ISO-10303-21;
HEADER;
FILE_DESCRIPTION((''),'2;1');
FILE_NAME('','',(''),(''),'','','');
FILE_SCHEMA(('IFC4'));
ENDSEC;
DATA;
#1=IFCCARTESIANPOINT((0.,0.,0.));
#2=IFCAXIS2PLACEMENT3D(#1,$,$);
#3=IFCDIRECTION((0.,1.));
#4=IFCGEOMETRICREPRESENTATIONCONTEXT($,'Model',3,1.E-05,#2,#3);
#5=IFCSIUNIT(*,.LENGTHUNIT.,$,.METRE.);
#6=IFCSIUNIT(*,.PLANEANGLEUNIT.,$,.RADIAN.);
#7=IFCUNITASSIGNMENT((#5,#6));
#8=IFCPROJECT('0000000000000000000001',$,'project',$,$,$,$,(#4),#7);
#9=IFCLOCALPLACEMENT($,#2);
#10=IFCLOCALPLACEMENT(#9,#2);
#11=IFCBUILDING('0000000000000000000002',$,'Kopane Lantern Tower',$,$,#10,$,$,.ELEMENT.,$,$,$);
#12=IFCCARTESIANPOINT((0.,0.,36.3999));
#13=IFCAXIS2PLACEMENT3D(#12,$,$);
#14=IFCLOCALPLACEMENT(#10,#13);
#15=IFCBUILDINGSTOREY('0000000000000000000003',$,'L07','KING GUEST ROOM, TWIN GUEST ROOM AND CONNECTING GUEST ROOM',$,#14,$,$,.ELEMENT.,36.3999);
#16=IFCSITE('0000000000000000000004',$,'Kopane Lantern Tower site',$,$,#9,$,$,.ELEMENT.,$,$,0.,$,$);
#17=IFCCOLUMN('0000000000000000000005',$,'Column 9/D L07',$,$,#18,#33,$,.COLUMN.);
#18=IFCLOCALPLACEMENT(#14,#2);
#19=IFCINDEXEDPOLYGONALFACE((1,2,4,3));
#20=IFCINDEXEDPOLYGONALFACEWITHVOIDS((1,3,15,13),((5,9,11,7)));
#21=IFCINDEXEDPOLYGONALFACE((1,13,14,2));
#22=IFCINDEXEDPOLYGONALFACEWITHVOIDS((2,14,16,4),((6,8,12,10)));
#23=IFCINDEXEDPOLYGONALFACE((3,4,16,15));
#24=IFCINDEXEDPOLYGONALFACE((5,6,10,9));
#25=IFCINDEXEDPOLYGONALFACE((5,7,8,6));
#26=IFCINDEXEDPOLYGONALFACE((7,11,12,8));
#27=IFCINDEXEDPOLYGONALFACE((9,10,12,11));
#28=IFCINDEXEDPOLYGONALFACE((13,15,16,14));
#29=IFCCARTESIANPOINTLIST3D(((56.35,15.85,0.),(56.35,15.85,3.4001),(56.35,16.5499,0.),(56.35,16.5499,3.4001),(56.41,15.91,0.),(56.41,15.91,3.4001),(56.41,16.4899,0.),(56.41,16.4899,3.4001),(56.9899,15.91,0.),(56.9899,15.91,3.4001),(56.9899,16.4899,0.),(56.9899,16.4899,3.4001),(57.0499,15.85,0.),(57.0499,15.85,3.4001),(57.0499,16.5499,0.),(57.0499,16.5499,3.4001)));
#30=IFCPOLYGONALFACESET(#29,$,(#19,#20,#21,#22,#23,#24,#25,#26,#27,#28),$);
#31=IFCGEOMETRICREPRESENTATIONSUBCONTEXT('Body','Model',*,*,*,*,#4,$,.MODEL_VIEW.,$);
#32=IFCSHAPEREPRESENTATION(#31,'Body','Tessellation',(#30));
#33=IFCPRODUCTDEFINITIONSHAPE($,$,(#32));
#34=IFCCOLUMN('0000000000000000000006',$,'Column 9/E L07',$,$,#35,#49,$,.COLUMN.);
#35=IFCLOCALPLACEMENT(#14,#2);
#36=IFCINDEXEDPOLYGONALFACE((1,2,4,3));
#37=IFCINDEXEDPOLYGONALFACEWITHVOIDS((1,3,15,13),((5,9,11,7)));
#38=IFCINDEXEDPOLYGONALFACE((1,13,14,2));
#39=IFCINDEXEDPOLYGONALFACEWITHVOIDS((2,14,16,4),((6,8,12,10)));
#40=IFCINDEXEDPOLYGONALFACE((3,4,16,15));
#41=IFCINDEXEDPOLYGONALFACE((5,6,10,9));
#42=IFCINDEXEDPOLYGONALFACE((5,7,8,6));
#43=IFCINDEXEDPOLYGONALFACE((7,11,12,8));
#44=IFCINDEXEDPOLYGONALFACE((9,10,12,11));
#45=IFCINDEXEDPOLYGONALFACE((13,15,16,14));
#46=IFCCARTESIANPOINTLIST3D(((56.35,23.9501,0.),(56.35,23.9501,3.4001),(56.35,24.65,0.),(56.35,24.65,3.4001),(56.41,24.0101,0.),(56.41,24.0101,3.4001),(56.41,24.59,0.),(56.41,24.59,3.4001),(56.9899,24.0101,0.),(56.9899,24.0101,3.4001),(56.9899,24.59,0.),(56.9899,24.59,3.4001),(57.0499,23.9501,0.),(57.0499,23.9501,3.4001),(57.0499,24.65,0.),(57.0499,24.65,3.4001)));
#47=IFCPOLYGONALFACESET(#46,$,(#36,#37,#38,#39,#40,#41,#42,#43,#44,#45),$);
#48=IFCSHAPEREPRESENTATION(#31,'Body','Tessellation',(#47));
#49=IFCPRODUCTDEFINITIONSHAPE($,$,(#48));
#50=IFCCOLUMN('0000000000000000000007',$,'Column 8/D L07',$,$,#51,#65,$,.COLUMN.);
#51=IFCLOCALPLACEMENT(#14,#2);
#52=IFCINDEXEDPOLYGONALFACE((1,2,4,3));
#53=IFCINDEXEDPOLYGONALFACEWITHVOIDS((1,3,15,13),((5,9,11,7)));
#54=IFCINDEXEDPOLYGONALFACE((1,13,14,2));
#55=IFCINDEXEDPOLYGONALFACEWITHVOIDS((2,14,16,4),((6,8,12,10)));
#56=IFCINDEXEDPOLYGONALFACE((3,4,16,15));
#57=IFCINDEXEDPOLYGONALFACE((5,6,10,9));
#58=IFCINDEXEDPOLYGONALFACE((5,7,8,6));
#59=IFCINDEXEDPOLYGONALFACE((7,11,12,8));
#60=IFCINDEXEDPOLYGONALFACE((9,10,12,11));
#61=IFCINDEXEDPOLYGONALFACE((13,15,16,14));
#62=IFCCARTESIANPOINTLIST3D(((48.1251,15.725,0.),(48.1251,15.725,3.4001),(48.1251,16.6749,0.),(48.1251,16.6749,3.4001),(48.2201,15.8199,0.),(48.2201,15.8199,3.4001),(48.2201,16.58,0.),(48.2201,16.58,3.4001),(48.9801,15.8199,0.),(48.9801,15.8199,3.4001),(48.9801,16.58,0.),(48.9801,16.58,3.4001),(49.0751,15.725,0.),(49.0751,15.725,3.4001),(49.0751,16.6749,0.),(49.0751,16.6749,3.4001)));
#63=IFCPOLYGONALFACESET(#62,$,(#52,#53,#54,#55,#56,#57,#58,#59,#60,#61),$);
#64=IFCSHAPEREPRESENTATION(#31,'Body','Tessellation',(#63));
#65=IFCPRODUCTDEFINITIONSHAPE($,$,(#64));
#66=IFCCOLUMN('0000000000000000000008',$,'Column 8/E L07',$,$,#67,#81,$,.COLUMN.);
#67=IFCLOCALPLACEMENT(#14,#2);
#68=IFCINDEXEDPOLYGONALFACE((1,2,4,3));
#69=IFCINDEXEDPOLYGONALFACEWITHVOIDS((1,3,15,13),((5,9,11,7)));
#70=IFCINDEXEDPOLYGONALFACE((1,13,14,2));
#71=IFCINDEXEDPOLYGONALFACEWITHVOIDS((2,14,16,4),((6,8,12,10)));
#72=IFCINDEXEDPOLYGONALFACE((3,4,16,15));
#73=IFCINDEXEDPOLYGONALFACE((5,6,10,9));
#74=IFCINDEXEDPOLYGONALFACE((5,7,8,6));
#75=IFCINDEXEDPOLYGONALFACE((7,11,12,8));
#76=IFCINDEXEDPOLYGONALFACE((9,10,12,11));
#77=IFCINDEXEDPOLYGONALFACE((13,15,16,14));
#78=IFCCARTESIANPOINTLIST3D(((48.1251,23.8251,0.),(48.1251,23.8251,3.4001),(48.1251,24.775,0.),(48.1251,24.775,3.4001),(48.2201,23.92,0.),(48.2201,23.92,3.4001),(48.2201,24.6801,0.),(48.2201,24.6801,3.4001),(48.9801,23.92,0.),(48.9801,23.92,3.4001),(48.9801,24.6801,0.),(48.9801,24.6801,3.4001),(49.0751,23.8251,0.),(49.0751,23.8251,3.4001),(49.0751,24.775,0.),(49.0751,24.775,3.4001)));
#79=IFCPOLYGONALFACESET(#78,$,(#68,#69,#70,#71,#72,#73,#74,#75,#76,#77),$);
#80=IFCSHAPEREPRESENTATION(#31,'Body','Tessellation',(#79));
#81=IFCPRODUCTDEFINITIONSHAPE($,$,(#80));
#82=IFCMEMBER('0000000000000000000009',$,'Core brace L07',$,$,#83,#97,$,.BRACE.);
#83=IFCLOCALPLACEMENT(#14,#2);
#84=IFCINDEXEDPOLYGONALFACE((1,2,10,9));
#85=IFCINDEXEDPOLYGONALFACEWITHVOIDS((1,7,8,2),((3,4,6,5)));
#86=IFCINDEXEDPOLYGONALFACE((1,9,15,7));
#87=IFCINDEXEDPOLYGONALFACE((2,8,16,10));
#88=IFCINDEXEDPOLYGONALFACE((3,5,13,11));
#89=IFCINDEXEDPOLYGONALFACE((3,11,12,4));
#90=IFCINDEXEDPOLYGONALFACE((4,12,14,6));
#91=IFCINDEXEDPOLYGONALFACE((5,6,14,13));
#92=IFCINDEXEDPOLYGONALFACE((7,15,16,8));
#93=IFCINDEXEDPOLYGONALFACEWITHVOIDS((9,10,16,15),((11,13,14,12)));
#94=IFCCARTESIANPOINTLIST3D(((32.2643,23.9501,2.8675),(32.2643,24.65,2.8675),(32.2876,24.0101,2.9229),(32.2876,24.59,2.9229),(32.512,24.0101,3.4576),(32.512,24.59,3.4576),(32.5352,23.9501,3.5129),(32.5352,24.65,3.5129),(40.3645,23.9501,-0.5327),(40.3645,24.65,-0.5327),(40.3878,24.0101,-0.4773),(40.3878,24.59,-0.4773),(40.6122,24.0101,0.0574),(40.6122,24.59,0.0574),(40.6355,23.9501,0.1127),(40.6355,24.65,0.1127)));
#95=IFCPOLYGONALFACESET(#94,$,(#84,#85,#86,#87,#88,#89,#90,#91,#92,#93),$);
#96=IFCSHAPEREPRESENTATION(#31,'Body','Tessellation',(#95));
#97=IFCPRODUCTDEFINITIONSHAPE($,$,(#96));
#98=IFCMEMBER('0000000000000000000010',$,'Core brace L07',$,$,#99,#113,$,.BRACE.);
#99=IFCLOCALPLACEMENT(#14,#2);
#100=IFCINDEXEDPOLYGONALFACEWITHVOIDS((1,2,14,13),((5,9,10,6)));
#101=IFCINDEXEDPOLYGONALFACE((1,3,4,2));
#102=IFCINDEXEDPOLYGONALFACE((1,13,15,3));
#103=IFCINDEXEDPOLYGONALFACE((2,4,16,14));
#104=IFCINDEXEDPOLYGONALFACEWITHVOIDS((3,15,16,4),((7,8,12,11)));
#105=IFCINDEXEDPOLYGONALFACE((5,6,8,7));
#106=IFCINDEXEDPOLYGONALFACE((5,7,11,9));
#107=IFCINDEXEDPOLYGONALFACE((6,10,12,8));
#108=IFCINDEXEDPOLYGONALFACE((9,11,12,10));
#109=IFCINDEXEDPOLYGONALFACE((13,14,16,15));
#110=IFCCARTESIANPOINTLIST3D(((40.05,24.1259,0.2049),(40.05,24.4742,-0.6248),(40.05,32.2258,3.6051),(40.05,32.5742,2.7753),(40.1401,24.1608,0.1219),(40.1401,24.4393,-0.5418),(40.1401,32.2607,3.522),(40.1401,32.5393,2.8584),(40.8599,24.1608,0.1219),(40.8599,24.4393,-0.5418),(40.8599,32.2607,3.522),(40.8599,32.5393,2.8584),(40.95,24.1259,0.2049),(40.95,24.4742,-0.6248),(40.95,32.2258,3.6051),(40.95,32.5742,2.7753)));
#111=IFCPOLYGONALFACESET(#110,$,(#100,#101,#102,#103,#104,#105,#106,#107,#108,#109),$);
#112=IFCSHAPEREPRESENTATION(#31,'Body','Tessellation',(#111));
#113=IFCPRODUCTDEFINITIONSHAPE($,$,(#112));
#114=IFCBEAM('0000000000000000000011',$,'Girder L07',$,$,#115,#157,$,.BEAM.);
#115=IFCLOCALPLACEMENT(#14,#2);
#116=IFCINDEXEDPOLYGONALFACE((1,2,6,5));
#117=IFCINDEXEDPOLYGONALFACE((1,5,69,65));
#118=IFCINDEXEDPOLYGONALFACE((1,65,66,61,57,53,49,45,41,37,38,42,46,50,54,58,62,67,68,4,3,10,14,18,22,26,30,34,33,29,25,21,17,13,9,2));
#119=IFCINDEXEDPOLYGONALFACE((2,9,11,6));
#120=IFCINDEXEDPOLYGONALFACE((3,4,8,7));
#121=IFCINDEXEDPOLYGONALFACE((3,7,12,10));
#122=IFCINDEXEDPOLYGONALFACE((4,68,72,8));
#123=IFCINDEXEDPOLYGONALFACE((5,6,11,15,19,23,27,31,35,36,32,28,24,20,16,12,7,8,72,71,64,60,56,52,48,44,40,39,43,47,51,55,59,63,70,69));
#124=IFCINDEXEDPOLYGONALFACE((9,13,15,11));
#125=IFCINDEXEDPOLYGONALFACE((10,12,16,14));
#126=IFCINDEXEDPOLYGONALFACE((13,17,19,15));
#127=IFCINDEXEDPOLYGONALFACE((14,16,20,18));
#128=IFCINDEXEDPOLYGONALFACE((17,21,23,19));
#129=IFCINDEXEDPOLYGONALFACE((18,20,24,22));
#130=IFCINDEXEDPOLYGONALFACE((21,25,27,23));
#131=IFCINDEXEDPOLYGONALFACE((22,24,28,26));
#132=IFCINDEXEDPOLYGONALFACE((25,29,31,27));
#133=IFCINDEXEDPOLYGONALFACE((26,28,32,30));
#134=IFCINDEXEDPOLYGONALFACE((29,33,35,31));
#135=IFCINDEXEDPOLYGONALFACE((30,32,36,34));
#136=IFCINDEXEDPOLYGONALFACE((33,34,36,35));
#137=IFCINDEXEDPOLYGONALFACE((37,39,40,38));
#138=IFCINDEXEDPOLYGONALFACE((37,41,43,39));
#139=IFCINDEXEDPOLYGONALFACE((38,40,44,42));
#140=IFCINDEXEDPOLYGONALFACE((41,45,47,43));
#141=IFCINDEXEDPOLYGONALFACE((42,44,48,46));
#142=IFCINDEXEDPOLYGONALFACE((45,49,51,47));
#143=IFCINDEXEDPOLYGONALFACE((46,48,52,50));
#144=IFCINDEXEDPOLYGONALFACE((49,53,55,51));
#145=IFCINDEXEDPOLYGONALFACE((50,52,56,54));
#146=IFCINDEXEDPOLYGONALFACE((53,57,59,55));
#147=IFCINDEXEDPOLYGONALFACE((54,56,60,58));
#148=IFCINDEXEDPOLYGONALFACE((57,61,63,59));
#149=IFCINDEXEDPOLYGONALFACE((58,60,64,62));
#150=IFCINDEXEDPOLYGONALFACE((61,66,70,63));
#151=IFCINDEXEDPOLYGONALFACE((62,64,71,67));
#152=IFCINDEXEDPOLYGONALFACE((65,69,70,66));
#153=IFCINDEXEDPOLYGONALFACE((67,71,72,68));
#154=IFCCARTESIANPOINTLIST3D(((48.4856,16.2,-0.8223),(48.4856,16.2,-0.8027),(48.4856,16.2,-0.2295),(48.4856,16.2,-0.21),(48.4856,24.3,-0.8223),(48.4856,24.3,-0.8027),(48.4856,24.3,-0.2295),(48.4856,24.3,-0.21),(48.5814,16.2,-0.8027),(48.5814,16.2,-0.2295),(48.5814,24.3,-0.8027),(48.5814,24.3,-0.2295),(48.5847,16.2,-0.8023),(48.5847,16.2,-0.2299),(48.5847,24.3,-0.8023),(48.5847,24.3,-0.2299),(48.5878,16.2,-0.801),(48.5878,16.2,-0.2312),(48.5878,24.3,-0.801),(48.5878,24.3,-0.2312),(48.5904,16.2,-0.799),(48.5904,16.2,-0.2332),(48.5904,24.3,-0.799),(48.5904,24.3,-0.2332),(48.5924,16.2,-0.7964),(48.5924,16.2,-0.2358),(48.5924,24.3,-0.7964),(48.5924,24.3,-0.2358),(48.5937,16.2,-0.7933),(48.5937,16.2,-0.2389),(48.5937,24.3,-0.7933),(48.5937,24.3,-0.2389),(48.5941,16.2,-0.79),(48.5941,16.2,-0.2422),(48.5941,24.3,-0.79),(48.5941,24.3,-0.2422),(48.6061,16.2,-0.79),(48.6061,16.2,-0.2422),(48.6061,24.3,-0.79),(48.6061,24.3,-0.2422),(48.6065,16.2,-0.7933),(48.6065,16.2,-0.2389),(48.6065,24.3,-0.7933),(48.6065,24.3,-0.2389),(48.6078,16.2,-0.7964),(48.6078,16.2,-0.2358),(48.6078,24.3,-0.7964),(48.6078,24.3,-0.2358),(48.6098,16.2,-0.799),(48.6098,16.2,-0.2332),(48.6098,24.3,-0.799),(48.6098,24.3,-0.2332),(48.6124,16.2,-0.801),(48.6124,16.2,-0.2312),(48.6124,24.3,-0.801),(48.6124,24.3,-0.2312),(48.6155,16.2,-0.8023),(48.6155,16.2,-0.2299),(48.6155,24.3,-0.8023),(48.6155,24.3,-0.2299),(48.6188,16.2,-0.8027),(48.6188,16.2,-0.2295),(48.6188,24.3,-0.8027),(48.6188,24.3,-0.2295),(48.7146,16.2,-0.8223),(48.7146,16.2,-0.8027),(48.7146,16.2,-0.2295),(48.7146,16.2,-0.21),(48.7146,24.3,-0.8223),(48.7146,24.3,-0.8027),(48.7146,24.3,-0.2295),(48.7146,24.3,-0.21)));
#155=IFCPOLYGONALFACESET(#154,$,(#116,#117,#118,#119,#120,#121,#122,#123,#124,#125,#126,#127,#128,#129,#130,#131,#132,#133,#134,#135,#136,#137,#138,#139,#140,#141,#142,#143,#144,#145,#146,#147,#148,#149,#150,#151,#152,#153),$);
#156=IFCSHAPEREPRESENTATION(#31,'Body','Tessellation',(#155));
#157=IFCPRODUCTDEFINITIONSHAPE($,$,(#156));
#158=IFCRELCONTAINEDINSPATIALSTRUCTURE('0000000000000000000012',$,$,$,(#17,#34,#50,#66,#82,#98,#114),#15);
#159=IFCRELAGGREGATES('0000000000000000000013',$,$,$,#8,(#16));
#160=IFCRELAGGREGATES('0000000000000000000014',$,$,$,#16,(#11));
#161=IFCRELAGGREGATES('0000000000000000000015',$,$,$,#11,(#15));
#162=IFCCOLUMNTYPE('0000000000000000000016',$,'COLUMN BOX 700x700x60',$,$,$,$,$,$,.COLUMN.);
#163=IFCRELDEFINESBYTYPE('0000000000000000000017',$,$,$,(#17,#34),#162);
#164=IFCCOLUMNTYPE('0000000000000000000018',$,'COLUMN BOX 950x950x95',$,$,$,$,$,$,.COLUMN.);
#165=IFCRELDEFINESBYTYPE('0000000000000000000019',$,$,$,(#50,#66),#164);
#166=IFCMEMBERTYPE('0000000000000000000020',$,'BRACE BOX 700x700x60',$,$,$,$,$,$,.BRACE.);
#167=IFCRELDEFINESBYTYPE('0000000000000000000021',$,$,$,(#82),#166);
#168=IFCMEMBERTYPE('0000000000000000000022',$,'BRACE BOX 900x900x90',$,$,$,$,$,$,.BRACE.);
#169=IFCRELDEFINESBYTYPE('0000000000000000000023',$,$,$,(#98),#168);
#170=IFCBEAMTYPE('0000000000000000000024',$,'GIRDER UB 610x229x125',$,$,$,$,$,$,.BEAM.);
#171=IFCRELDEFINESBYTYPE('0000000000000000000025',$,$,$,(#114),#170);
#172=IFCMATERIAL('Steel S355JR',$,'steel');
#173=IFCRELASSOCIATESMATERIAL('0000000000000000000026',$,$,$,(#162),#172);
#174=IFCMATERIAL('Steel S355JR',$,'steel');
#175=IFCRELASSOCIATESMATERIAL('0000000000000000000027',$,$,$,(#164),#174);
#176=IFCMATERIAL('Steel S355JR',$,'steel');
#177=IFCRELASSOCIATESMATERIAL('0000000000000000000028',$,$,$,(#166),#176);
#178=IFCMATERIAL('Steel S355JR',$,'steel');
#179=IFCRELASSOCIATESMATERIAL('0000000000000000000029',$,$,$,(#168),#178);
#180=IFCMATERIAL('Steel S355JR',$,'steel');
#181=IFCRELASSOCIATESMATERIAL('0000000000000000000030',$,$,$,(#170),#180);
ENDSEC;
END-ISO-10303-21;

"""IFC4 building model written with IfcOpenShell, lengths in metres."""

from ifc_helpers import new_model, si_unit, direction, frame, origin, origin_2d, place, context, subcontext, project, spatial, hollow_rectangle, i_section, extrude, material, material_profile, profile_set, type_object, element, save


model = new_model("IFC4")

# Units and contexts
model_context = context("Model", 3, precision=1e-05, world=origin(), true_north=direction((0.0, 1.0)))
body_context = subcontext(model_context, "Body", "Model", "MODEL_VIEW")
ifc_project = project(units=[si_unit("LENGTHUNIT", "METRE"), si_unit("PLANEANGLEUNIT", "RADIAN")], contexts=[model_context])

# Site, building, storey
site_placement = place(None, origin())
site = spatial("IfcSite", under=ifc_project, at=site_placement, Name="Kopane Lantern Tower site", CompositionType="ELEMENT", RefElevation=0.0)
building_placement = place(site_placement, origin())
building = spatial("IfcBuilding", under=site, at=building_placement, Name="Kopane Lantern Tower", CompositionType="ELEMENT")
storey_placement = place(building_placement, frame((0.0, 0.0, 36.3999)))
storey = spatial("IfcBuildingStorey", under=building, at=storey_placement, Name="L07", Description="KING GUEST ROOM, TWIN GUEST ROOM AND CONNECTING GUEST ROOM", CompositionType="ELEMENT", Elevation=36.3999)

# Columns
ifc_material_1 = material(Name="Steel S355JR", Category="steel")
ifc_material_profile_1 = material_profile(ifc_material_1, hollow_rectangle(XDim=0.7, YDim=0.7, WallThickness=0.0601, at=origin_2d()), Name="BOX 700x700x60")
ifc_profile_set_1 = profile_set([ifc_material_profile_1], Name="Steel S355JR")
column_type_1 = type_object("IfcColumnType", Name="COLUMN BOX 700x700x60", PredefinedType="COLUMN", material=ifc_profile_set_1)
for number, where, z_axis, x_axis, name in (
    (1, (56.7, 16.2, 0.0), (0.0, 0.0, 1.0), (1.0, 0.0, 0.0), "Column 9/D L07"),
    (2, (56.7, 24.3, 0.0), (0.0, 0.0, 1.0), (1.0, 0.0, 0.0), "Column 9/E L07"),
):
    element("IfcColumn", number, at=place(storey_placement, frame(where, z_axis=z_axis, x_axis=x_axis)), inside=storey, type_object=column_type_1, Name=name, PredefinedType="COLUMN", context=body_context, shape_type="SweptSolid", body=[
        extrude(hollow_rectangle(XDim=0.7, YDim=0.7, WallThickness=0.0601, at=origin_2d()), origin(), (0.0, 0.0, 1.0), 3.4001),
    ])
ifc_material_2 = material(Name="Steel S355JR", Category="steel")
ifc_material_profile_2 = material_profile(ifc_material_2, hollow_rectangle(XDim=0.95, YDim=0.95, WallThickness=0.095, at=origin_2d()), Name="BOX 950x950x95")
ifc_profile_set_2 = profile_set([ifc_material_profile_2], Name="Steel S355JR")
column_type_2 = type_object("IfcColumnType", Name="COLUMN BOX 950x950x95", PredefinedType="COLUMN", material=ifc_profile_set_2)
for number, where, z_axis, x_axis, name in (
    (3, (48.6001, 16.2, 0.0), (0.0, 0.0, 1.0), (1.0, 0.0, 0.0), "Column 8/D L07"),
    (4, (48.6001, 24.3, 0.0), (0.0, 0.0, 1.0), (1.0, 0.0, 0.0), "Column 8/E L07"),
):
    element("IfcColumn", number, at=place(storey_placement, frame(where, z_axis=z_axis, x_axis=x_axis)), inside=storey, type_object=column_type_2, Name=name, PredefinedType="COLUMN", context=body_context, shape_type="SweptSolid", body=[
        extrude(hollow_rectangle(XDim=0.95, YDim=0.95, WallThickness=0.095, at=origin_2d()), origin(), (0.0, 0.0, 1.0), 3.4001),
    ])

# Members
ifc_material_3 = material(Name="Steel S355JR", Category="steel")
ifc_material_profile_3 = material_profile(ifc_material_3, hollow_rectangle(XDim=0.7, YDim=0.7, WallThickness=0.0601, at=origin_2d()), Name="BOX 700x700x60")
ifc_profile_set_3 = profile_set([ifc_material_profile_3], Name="Steel S355JR")
member_type_1 = type_object("IfcMemberType", Name="BRACE BOX 700x700x60", PredefinedType="BRACE", material=ifc_profile_set_3)
member_1_placement = place(storey_placement, frame((40.5, 24.3, -0.21), z_axis=(-0.922059, 0.0, 0.387049), x_axis=(0.0, -1.0, 0.0)))
element("IfcMember", 5, at=member_1_placement, inside=storey, type_object=member_type_1, Name="Core brace L07", PredefinedType="BRACE", context=body_context, shape_type="SweptSolid", body=[
    extrude(hollow_rectangle(XDim=0.7, YDim=0.7, WallThickness=0.0601, at=origin_2d()), origin(), (0.0, 0.0, 1.0), 8.7849),
])
ifc_material_4 = material(Name="Steel S355JR", Category="steel")
ifc_material_profile_4 = material_profile(ifc_material_4, hollow_rectangle(XDim=0.8999, YDim=0.8999, WallThickness=0.0901, at=origin_2d()), Name="BOX 900x900x90")
ifc_profile_set_4 = profile_set([ifc_material_profile_4], Name="Steel S355JR")
member_type_2 = type_object("IfcMemberType", Name="BRACE BOX 900x900x90", PredefinedType="BRACE", material=ifc_profile_set_4)
member_2_placement = place(storey_placement, frame((40.5, 24.3, -0.21), z_axis=(0.0, 0.922055, 0.387059), x_axis=(-1.0, 0.0, 0.0)))
element("IfcMember", 6, at=member_2_placement, inside=storey, type_object=member_type_2, Name="Core brace L07", PredefinedType="BRACE", context=body_context, shape_type="SweptSolid", body=[
    extrude(hollow_rectangle(XDim=0.8999, YDim=0.8999, WallThickness=0.0901, at=origin_2d()), origin(), (0.0, 0.0, 1.0), 8.7847),
])

# Beam
ifc_material_5 = material(Name="Steel S355JR", Category="steel")
ifc_material_profile_5 = material_profile(ifc_material_5, i_section(OverallWidth=0.229, OverallDepth=0.6123, WebThickness=0.012, FlangeThickness=0.0195, FilletRadius=0.0127, at=origin_2d()), Name="UB 610x229x125")
ifc_profile_set_5 = profile_set([ifc_material_profile_5], Name="Steel S355JR")
beam_type = type_object("IfcBeamType", Name="GIRDER UB 610x229x125", PredefinedType="BEAM", material=ifc_profile_set_5)
beam_1_placement = place(storey_placement, frame((48.6001, 16.2, -0.5161), z_axis=(0.0, 1.0, 0.0), x_axis=(-1.0, 0.0, 0.0)))
element("IfcBeam", 7, at=beam_1_placement, inside=storey, type_object=beam_type, Name="Girder L07", PredefinedType="BEAM", context=body_context, shape_type="SweptSolid", body=[
    extrude(i_section(OverallWidth=0.229, OverallDepth=0.6123, WebThickness=0.012, FlangeThickness=0.0195, FilletRadius=0.0127, at=origin_2d()), origin(), (0.0, 0.0, 1.0), 8.1001),
])

save(model, "model.ifc")
